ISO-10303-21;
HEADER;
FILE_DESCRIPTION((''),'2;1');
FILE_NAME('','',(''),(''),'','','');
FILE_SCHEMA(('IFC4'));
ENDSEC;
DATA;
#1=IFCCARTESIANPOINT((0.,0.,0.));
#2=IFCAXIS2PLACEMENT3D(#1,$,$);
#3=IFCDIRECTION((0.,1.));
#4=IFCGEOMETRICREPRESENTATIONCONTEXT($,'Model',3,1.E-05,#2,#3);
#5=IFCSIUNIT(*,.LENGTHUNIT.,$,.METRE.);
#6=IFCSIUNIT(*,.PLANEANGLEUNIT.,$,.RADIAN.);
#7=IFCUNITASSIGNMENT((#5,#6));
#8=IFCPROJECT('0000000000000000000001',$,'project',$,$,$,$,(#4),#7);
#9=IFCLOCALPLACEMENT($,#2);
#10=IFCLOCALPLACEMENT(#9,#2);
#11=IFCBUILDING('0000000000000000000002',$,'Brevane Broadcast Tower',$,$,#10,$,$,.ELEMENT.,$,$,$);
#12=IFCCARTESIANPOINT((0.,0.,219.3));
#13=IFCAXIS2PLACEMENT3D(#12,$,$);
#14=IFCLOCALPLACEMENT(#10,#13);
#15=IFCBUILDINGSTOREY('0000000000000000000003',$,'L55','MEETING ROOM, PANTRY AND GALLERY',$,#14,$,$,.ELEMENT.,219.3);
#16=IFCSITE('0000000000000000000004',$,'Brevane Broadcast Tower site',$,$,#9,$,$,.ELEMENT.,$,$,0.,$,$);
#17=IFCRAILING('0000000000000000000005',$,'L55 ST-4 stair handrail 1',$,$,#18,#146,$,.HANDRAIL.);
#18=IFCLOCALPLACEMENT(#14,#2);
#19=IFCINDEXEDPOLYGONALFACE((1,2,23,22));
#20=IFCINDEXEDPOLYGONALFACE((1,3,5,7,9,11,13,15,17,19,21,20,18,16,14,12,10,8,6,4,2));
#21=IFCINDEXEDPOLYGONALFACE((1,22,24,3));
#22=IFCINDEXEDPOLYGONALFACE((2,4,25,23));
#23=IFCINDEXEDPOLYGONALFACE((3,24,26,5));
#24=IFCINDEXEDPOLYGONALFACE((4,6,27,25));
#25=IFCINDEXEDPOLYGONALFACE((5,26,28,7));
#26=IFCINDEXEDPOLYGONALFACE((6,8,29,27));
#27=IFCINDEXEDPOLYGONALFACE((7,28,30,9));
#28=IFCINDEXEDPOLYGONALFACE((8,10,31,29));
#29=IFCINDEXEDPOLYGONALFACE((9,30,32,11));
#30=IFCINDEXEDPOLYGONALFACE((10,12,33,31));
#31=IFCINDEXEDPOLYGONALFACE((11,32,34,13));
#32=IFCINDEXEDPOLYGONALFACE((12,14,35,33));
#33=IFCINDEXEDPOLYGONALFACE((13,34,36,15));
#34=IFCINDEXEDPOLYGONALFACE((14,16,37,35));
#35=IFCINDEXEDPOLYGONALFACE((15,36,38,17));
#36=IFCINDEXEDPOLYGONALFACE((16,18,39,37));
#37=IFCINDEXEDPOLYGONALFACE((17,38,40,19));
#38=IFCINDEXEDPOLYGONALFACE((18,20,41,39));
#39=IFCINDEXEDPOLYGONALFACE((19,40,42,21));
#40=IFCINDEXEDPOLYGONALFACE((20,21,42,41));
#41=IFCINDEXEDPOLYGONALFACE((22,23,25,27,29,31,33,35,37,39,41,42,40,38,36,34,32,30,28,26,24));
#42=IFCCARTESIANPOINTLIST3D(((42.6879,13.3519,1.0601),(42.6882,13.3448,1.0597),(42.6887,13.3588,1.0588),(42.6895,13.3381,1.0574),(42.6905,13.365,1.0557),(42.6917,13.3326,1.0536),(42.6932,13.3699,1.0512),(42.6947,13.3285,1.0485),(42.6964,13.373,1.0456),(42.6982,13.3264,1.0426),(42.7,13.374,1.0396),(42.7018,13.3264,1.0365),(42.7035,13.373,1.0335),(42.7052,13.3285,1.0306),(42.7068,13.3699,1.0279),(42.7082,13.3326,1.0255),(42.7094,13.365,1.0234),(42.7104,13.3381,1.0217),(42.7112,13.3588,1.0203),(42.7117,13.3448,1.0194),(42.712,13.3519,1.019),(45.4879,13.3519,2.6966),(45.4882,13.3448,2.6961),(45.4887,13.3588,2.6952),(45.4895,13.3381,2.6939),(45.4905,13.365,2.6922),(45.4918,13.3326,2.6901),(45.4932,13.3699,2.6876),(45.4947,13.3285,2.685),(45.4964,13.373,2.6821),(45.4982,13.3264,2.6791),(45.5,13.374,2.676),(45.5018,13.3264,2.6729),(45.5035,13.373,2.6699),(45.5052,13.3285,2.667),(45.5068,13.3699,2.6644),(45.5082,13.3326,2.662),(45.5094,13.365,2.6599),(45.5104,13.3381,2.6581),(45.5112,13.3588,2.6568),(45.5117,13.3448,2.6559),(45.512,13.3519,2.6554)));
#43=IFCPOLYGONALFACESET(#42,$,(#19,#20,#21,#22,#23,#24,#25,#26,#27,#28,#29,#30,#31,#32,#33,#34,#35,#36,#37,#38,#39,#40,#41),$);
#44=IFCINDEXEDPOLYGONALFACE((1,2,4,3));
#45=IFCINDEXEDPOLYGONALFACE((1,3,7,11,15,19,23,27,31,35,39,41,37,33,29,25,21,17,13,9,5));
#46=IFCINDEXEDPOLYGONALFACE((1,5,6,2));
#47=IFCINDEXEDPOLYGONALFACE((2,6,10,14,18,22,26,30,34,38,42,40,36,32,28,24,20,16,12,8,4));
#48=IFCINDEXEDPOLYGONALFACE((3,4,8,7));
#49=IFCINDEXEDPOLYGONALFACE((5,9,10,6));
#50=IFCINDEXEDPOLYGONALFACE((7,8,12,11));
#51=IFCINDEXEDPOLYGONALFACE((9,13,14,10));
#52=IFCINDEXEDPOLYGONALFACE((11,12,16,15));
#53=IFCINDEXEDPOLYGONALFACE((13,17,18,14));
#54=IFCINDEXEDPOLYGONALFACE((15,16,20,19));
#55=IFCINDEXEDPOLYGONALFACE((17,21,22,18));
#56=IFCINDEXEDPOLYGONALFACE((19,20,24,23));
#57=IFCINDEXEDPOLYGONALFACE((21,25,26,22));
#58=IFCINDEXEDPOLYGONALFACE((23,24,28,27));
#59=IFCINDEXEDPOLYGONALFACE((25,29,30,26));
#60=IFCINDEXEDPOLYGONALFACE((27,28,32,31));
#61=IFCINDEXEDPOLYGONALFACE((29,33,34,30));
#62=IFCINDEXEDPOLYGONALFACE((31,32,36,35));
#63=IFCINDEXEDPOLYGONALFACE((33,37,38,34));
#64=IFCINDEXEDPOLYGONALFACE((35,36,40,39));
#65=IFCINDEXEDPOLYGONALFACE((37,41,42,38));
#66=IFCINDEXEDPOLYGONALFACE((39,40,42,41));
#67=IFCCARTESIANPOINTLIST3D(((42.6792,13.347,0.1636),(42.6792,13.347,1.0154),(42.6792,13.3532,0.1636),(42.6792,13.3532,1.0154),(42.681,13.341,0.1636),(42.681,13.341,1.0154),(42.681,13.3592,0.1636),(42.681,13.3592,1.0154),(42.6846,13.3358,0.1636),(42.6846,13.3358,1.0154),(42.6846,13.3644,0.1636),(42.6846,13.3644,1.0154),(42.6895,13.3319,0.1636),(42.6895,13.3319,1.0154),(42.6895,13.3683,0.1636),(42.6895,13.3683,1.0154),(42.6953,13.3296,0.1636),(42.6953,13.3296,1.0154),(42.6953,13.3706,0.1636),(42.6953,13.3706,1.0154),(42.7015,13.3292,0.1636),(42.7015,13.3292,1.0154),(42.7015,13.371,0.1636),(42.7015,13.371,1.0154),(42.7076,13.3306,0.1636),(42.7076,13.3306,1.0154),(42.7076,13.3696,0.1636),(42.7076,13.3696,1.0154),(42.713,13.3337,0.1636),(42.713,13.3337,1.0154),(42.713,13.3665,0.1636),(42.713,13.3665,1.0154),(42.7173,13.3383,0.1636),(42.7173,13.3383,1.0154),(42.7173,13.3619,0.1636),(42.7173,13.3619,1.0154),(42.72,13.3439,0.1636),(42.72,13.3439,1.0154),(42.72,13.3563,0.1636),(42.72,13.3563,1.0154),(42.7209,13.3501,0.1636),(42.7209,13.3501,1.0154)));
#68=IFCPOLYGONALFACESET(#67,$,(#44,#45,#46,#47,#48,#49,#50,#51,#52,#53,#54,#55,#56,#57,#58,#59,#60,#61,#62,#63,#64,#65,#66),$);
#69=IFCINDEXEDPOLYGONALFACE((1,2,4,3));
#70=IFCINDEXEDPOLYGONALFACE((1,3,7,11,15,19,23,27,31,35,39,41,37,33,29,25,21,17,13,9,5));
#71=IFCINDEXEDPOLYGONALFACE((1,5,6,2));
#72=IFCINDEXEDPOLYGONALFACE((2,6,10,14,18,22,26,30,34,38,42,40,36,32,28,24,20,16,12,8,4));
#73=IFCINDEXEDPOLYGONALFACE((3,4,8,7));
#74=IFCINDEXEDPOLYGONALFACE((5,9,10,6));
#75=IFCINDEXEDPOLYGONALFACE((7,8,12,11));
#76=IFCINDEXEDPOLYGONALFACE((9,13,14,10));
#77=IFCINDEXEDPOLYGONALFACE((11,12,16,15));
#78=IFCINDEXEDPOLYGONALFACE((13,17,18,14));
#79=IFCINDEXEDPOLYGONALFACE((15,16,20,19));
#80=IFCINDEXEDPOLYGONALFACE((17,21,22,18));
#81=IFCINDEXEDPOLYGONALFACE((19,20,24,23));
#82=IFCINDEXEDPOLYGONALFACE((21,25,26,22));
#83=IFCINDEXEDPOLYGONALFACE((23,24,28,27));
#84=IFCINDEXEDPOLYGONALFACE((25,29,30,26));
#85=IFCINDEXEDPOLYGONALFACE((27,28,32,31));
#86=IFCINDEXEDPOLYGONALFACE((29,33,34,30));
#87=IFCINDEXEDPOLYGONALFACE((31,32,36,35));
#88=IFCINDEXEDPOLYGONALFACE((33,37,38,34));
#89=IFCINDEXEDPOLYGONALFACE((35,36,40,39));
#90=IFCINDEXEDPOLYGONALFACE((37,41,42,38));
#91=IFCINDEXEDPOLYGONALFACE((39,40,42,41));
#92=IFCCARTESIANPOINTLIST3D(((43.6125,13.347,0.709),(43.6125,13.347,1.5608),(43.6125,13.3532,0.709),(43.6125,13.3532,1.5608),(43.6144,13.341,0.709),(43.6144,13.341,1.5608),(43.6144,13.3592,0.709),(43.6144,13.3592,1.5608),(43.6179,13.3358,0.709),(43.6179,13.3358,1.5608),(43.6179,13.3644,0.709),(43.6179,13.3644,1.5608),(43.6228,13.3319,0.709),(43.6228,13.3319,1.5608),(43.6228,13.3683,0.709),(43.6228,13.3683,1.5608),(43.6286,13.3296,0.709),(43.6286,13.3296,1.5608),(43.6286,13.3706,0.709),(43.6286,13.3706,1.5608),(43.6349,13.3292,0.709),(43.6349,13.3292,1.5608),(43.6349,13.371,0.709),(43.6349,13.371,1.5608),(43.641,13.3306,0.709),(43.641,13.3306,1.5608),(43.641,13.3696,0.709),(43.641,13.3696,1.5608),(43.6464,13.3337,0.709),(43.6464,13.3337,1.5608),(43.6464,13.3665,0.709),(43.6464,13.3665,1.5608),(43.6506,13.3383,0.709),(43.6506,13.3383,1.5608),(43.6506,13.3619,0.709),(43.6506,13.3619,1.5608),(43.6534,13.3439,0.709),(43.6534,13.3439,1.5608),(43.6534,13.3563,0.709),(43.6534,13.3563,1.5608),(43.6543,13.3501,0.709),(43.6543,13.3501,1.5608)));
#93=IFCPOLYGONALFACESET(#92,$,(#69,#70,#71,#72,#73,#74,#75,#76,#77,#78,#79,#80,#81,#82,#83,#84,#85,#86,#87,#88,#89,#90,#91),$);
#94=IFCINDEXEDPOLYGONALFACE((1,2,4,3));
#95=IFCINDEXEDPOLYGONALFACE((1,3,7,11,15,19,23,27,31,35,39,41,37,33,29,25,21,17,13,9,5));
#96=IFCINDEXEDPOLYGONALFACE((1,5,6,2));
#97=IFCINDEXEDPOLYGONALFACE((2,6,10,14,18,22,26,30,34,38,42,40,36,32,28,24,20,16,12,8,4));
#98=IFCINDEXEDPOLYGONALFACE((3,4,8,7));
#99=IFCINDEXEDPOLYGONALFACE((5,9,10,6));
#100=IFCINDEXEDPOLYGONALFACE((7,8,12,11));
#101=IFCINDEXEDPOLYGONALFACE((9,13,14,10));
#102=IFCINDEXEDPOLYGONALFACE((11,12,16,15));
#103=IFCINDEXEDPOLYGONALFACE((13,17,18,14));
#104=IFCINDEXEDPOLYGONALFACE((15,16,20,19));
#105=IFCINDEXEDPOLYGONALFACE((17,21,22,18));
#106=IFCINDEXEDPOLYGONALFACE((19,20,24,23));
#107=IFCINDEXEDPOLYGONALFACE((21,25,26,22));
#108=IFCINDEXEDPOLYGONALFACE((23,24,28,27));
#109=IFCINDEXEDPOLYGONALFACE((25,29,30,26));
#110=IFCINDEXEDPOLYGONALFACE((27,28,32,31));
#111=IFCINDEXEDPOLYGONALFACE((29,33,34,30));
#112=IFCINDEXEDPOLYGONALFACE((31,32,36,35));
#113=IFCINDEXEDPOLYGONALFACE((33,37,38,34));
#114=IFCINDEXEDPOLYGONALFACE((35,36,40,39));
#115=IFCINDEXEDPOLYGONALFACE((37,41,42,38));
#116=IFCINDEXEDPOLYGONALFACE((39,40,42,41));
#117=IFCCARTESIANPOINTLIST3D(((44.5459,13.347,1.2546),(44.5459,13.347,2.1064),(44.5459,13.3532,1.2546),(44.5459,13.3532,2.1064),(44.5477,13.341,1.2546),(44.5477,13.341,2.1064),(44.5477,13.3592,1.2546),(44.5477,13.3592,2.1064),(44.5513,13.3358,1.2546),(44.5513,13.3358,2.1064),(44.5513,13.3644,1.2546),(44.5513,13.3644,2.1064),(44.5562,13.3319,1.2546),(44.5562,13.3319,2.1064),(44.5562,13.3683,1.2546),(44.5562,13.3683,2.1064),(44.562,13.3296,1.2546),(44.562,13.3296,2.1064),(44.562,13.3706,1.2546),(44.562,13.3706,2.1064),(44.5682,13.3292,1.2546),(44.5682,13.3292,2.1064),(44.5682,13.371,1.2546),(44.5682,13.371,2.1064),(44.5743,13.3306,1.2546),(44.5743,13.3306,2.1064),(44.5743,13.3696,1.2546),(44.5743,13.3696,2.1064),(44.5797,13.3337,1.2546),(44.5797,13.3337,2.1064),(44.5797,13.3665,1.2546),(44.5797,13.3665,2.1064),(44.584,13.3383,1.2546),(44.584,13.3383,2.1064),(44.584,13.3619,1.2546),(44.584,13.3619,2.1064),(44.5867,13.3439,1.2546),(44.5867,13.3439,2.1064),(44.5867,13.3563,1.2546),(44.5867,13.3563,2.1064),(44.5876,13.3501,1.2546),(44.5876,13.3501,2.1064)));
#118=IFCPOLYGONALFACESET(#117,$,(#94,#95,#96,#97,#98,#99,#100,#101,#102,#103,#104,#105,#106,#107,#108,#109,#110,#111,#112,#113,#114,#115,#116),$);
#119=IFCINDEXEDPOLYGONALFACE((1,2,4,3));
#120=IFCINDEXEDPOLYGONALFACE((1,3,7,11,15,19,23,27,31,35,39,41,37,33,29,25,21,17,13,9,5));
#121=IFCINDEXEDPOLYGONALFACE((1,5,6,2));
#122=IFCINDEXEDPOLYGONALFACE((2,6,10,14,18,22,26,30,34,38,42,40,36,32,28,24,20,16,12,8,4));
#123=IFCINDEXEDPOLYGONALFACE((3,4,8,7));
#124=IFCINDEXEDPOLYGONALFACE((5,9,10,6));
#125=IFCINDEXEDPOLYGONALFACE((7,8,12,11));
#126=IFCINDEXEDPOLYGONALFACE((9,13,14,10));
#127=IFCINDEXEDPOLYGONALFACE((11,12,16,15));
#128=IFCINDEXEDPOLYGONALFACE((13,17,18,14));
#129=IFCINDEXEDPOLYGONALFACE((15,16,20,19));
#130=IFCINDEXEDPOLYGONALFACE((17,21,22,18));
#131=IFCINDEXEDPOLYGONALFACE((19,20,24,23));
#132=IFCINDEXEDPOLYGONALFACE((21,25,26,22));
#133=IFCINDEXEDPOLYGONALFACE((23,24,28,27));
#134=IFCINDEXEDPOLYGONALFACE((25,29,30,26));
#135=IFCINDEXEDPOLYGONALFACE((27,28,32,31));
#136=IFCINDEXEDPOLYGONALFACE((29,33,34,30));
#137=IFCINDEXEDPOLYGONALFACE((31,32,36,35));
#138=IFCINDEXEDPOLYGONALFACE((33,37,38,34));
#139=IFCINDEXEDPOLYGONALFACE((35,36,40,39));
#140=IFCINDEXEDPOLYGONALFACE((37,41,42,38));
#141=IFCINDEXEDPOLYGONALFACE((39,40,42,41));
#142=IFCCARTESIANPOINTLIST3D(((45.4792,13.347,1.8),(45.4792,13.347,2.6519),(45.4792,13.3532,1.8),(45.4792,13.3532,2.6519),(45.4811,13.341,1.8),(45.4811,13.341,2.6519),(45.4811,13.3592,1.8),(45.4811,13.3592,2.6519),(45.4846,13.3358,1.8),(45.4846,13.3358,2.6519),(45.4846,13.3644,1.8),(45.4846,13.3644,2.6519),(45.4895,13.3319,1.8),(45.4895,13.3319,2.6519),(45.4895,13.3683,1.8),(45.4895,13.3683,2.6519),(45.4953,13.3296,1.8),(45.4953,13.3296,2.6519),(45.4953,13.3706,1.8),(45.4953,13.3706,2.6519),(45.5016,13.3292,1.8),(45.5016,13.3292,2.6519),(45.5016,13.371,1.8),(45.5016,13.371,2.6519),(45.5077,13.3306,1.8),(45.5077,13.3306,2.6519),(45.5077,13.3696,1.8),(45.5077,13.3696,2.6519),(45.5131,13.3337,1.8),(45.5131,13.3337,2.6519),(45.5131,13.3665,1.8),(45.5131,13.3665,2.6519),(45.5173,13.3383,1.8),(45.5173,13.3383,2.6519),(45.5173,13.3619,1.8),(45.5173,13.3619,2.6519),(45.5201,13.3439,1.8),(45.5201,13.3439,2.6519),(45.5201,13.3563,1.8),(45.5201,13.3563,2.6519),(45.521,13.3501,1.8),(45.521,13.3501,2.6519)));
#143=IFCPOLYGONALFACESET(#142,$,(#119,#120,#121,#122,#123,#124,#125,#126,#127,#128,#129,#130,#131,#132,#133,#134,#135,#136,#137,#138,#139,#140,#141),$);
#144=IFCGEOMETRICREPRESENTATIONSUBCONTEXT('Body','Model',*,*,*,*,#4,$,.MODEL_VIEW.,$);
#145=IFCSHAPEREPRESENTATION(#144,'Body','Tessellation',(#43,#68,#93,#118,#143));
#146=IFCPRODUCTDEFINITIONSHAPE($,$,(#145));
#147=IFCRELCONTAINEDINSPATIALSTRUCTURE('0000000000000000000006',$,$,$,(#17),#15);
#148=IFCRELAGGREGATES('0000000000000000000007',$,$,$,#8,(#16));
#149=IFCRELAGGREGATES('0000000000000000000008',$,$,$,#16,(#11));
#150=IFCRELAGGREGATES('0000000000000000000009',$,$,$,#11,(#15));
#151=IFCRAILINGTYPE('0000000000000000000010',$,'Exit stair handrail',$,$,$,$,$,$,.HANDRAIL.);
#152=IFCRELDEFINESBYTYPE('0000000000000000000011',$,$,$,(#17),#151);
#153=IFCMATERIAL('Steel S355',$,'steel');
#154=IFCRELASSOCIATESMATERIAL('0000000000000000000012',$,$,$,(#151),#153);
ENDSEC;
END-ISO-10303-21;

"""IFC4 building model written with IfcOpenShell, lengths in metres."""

from ifc_helpers import new_model, si_unit, direction, frame, origin, origin_2d, place, context, subcontext, project, spatial, circle, extrude, material, type_object, element, save


model = new_model("IFC4")

# Units and contexts
model_context = context("Model", 3, precision=1e-05, world=origin(), true_north=direction((0.0, 1.0)))
body_context = subcontext(model_context, "Body", "Model", "MODEL_VIEW")
ifc_project = project(units=[si_unit("LENGTHUNIT", "METRE"), si_unit("PLANEANGLEUNIT", "RADIAN")], contexts=[model_context])

# Site, building, storey
site_placement = place(None, origin())
site = spatial("IfcSite", under=ifc_project, at=site_placement, Name="Brevane Broadcast Tower site", CompositionType="ELEMENT", RefElevation=0.0)
building_placement = place(site_placement, origin())
building = spatial("IfcBuilding", under=site, at=building_placement, Name="Brevane Broadcast Tower", CompositionType="ELEMENT")
storey_placement = place(building_placement, frame((0.0, 0.0, 219.3)))
storey = spatial("IfcBuildingStorey", under=building, at=storey_placement, Name="L55", Description="MEETING ROOM, PANTRY AND GALLERY", CompositionType="ELEMENT", Elevation=219.3)

# Railing
ifc_material_1 = material(Name="Steel S355", Category="steel")
railing_type_1 = type_object("IfcRailingType", Name="Exit stair handrail", PredefinedType="HANDRAIL", material=ifc_material_1)
railing_1_placement = place(storey_placement, frame((42.7, 13.3501, 0.1636)))
element("IfcRailing", 1, at=railing_1_placement, inside=storey, type_object=railing_type_1, Name="L55 ST-4 stair handrail 1", PredefinedType="HANDRAIL", context=body_context, shape_type="SweptSolid", body=[
    extrude(circle(Radius=0.0239, at=origin_2d()), frame((0.0, 0.0, 0.876), z_axis=(0.863361, 0.0, 0.504587), x_axis=(0.0, 1.0, 0.0)), (0.0, 0.0, 1.0), 3.2432),
    extrude(circle(Radius=0.021, at=origin_2d()), origin(), (0.0, 0.0, 1.0), 0.8518),
    extrude(circle(Radius=0.021, at=origin_2d()), frame((0.9333, 0.0, 0.5454)), (0.0, 0.0, 1.0), 0.8518),
    extrude(circle(Radius=0.021, at=origin_2d()), frame((1.8667, 0.0, 1.0911)), (0.0, 0.0, 1.0), 0.8518),
    extrude(circle(Radius=0.021, at=origin_2d()), frame((2.8, 0.0, 1.6365)), (0.0, 0.0, 1.0), 0.8518),
])

save(model, "model.ifc")
